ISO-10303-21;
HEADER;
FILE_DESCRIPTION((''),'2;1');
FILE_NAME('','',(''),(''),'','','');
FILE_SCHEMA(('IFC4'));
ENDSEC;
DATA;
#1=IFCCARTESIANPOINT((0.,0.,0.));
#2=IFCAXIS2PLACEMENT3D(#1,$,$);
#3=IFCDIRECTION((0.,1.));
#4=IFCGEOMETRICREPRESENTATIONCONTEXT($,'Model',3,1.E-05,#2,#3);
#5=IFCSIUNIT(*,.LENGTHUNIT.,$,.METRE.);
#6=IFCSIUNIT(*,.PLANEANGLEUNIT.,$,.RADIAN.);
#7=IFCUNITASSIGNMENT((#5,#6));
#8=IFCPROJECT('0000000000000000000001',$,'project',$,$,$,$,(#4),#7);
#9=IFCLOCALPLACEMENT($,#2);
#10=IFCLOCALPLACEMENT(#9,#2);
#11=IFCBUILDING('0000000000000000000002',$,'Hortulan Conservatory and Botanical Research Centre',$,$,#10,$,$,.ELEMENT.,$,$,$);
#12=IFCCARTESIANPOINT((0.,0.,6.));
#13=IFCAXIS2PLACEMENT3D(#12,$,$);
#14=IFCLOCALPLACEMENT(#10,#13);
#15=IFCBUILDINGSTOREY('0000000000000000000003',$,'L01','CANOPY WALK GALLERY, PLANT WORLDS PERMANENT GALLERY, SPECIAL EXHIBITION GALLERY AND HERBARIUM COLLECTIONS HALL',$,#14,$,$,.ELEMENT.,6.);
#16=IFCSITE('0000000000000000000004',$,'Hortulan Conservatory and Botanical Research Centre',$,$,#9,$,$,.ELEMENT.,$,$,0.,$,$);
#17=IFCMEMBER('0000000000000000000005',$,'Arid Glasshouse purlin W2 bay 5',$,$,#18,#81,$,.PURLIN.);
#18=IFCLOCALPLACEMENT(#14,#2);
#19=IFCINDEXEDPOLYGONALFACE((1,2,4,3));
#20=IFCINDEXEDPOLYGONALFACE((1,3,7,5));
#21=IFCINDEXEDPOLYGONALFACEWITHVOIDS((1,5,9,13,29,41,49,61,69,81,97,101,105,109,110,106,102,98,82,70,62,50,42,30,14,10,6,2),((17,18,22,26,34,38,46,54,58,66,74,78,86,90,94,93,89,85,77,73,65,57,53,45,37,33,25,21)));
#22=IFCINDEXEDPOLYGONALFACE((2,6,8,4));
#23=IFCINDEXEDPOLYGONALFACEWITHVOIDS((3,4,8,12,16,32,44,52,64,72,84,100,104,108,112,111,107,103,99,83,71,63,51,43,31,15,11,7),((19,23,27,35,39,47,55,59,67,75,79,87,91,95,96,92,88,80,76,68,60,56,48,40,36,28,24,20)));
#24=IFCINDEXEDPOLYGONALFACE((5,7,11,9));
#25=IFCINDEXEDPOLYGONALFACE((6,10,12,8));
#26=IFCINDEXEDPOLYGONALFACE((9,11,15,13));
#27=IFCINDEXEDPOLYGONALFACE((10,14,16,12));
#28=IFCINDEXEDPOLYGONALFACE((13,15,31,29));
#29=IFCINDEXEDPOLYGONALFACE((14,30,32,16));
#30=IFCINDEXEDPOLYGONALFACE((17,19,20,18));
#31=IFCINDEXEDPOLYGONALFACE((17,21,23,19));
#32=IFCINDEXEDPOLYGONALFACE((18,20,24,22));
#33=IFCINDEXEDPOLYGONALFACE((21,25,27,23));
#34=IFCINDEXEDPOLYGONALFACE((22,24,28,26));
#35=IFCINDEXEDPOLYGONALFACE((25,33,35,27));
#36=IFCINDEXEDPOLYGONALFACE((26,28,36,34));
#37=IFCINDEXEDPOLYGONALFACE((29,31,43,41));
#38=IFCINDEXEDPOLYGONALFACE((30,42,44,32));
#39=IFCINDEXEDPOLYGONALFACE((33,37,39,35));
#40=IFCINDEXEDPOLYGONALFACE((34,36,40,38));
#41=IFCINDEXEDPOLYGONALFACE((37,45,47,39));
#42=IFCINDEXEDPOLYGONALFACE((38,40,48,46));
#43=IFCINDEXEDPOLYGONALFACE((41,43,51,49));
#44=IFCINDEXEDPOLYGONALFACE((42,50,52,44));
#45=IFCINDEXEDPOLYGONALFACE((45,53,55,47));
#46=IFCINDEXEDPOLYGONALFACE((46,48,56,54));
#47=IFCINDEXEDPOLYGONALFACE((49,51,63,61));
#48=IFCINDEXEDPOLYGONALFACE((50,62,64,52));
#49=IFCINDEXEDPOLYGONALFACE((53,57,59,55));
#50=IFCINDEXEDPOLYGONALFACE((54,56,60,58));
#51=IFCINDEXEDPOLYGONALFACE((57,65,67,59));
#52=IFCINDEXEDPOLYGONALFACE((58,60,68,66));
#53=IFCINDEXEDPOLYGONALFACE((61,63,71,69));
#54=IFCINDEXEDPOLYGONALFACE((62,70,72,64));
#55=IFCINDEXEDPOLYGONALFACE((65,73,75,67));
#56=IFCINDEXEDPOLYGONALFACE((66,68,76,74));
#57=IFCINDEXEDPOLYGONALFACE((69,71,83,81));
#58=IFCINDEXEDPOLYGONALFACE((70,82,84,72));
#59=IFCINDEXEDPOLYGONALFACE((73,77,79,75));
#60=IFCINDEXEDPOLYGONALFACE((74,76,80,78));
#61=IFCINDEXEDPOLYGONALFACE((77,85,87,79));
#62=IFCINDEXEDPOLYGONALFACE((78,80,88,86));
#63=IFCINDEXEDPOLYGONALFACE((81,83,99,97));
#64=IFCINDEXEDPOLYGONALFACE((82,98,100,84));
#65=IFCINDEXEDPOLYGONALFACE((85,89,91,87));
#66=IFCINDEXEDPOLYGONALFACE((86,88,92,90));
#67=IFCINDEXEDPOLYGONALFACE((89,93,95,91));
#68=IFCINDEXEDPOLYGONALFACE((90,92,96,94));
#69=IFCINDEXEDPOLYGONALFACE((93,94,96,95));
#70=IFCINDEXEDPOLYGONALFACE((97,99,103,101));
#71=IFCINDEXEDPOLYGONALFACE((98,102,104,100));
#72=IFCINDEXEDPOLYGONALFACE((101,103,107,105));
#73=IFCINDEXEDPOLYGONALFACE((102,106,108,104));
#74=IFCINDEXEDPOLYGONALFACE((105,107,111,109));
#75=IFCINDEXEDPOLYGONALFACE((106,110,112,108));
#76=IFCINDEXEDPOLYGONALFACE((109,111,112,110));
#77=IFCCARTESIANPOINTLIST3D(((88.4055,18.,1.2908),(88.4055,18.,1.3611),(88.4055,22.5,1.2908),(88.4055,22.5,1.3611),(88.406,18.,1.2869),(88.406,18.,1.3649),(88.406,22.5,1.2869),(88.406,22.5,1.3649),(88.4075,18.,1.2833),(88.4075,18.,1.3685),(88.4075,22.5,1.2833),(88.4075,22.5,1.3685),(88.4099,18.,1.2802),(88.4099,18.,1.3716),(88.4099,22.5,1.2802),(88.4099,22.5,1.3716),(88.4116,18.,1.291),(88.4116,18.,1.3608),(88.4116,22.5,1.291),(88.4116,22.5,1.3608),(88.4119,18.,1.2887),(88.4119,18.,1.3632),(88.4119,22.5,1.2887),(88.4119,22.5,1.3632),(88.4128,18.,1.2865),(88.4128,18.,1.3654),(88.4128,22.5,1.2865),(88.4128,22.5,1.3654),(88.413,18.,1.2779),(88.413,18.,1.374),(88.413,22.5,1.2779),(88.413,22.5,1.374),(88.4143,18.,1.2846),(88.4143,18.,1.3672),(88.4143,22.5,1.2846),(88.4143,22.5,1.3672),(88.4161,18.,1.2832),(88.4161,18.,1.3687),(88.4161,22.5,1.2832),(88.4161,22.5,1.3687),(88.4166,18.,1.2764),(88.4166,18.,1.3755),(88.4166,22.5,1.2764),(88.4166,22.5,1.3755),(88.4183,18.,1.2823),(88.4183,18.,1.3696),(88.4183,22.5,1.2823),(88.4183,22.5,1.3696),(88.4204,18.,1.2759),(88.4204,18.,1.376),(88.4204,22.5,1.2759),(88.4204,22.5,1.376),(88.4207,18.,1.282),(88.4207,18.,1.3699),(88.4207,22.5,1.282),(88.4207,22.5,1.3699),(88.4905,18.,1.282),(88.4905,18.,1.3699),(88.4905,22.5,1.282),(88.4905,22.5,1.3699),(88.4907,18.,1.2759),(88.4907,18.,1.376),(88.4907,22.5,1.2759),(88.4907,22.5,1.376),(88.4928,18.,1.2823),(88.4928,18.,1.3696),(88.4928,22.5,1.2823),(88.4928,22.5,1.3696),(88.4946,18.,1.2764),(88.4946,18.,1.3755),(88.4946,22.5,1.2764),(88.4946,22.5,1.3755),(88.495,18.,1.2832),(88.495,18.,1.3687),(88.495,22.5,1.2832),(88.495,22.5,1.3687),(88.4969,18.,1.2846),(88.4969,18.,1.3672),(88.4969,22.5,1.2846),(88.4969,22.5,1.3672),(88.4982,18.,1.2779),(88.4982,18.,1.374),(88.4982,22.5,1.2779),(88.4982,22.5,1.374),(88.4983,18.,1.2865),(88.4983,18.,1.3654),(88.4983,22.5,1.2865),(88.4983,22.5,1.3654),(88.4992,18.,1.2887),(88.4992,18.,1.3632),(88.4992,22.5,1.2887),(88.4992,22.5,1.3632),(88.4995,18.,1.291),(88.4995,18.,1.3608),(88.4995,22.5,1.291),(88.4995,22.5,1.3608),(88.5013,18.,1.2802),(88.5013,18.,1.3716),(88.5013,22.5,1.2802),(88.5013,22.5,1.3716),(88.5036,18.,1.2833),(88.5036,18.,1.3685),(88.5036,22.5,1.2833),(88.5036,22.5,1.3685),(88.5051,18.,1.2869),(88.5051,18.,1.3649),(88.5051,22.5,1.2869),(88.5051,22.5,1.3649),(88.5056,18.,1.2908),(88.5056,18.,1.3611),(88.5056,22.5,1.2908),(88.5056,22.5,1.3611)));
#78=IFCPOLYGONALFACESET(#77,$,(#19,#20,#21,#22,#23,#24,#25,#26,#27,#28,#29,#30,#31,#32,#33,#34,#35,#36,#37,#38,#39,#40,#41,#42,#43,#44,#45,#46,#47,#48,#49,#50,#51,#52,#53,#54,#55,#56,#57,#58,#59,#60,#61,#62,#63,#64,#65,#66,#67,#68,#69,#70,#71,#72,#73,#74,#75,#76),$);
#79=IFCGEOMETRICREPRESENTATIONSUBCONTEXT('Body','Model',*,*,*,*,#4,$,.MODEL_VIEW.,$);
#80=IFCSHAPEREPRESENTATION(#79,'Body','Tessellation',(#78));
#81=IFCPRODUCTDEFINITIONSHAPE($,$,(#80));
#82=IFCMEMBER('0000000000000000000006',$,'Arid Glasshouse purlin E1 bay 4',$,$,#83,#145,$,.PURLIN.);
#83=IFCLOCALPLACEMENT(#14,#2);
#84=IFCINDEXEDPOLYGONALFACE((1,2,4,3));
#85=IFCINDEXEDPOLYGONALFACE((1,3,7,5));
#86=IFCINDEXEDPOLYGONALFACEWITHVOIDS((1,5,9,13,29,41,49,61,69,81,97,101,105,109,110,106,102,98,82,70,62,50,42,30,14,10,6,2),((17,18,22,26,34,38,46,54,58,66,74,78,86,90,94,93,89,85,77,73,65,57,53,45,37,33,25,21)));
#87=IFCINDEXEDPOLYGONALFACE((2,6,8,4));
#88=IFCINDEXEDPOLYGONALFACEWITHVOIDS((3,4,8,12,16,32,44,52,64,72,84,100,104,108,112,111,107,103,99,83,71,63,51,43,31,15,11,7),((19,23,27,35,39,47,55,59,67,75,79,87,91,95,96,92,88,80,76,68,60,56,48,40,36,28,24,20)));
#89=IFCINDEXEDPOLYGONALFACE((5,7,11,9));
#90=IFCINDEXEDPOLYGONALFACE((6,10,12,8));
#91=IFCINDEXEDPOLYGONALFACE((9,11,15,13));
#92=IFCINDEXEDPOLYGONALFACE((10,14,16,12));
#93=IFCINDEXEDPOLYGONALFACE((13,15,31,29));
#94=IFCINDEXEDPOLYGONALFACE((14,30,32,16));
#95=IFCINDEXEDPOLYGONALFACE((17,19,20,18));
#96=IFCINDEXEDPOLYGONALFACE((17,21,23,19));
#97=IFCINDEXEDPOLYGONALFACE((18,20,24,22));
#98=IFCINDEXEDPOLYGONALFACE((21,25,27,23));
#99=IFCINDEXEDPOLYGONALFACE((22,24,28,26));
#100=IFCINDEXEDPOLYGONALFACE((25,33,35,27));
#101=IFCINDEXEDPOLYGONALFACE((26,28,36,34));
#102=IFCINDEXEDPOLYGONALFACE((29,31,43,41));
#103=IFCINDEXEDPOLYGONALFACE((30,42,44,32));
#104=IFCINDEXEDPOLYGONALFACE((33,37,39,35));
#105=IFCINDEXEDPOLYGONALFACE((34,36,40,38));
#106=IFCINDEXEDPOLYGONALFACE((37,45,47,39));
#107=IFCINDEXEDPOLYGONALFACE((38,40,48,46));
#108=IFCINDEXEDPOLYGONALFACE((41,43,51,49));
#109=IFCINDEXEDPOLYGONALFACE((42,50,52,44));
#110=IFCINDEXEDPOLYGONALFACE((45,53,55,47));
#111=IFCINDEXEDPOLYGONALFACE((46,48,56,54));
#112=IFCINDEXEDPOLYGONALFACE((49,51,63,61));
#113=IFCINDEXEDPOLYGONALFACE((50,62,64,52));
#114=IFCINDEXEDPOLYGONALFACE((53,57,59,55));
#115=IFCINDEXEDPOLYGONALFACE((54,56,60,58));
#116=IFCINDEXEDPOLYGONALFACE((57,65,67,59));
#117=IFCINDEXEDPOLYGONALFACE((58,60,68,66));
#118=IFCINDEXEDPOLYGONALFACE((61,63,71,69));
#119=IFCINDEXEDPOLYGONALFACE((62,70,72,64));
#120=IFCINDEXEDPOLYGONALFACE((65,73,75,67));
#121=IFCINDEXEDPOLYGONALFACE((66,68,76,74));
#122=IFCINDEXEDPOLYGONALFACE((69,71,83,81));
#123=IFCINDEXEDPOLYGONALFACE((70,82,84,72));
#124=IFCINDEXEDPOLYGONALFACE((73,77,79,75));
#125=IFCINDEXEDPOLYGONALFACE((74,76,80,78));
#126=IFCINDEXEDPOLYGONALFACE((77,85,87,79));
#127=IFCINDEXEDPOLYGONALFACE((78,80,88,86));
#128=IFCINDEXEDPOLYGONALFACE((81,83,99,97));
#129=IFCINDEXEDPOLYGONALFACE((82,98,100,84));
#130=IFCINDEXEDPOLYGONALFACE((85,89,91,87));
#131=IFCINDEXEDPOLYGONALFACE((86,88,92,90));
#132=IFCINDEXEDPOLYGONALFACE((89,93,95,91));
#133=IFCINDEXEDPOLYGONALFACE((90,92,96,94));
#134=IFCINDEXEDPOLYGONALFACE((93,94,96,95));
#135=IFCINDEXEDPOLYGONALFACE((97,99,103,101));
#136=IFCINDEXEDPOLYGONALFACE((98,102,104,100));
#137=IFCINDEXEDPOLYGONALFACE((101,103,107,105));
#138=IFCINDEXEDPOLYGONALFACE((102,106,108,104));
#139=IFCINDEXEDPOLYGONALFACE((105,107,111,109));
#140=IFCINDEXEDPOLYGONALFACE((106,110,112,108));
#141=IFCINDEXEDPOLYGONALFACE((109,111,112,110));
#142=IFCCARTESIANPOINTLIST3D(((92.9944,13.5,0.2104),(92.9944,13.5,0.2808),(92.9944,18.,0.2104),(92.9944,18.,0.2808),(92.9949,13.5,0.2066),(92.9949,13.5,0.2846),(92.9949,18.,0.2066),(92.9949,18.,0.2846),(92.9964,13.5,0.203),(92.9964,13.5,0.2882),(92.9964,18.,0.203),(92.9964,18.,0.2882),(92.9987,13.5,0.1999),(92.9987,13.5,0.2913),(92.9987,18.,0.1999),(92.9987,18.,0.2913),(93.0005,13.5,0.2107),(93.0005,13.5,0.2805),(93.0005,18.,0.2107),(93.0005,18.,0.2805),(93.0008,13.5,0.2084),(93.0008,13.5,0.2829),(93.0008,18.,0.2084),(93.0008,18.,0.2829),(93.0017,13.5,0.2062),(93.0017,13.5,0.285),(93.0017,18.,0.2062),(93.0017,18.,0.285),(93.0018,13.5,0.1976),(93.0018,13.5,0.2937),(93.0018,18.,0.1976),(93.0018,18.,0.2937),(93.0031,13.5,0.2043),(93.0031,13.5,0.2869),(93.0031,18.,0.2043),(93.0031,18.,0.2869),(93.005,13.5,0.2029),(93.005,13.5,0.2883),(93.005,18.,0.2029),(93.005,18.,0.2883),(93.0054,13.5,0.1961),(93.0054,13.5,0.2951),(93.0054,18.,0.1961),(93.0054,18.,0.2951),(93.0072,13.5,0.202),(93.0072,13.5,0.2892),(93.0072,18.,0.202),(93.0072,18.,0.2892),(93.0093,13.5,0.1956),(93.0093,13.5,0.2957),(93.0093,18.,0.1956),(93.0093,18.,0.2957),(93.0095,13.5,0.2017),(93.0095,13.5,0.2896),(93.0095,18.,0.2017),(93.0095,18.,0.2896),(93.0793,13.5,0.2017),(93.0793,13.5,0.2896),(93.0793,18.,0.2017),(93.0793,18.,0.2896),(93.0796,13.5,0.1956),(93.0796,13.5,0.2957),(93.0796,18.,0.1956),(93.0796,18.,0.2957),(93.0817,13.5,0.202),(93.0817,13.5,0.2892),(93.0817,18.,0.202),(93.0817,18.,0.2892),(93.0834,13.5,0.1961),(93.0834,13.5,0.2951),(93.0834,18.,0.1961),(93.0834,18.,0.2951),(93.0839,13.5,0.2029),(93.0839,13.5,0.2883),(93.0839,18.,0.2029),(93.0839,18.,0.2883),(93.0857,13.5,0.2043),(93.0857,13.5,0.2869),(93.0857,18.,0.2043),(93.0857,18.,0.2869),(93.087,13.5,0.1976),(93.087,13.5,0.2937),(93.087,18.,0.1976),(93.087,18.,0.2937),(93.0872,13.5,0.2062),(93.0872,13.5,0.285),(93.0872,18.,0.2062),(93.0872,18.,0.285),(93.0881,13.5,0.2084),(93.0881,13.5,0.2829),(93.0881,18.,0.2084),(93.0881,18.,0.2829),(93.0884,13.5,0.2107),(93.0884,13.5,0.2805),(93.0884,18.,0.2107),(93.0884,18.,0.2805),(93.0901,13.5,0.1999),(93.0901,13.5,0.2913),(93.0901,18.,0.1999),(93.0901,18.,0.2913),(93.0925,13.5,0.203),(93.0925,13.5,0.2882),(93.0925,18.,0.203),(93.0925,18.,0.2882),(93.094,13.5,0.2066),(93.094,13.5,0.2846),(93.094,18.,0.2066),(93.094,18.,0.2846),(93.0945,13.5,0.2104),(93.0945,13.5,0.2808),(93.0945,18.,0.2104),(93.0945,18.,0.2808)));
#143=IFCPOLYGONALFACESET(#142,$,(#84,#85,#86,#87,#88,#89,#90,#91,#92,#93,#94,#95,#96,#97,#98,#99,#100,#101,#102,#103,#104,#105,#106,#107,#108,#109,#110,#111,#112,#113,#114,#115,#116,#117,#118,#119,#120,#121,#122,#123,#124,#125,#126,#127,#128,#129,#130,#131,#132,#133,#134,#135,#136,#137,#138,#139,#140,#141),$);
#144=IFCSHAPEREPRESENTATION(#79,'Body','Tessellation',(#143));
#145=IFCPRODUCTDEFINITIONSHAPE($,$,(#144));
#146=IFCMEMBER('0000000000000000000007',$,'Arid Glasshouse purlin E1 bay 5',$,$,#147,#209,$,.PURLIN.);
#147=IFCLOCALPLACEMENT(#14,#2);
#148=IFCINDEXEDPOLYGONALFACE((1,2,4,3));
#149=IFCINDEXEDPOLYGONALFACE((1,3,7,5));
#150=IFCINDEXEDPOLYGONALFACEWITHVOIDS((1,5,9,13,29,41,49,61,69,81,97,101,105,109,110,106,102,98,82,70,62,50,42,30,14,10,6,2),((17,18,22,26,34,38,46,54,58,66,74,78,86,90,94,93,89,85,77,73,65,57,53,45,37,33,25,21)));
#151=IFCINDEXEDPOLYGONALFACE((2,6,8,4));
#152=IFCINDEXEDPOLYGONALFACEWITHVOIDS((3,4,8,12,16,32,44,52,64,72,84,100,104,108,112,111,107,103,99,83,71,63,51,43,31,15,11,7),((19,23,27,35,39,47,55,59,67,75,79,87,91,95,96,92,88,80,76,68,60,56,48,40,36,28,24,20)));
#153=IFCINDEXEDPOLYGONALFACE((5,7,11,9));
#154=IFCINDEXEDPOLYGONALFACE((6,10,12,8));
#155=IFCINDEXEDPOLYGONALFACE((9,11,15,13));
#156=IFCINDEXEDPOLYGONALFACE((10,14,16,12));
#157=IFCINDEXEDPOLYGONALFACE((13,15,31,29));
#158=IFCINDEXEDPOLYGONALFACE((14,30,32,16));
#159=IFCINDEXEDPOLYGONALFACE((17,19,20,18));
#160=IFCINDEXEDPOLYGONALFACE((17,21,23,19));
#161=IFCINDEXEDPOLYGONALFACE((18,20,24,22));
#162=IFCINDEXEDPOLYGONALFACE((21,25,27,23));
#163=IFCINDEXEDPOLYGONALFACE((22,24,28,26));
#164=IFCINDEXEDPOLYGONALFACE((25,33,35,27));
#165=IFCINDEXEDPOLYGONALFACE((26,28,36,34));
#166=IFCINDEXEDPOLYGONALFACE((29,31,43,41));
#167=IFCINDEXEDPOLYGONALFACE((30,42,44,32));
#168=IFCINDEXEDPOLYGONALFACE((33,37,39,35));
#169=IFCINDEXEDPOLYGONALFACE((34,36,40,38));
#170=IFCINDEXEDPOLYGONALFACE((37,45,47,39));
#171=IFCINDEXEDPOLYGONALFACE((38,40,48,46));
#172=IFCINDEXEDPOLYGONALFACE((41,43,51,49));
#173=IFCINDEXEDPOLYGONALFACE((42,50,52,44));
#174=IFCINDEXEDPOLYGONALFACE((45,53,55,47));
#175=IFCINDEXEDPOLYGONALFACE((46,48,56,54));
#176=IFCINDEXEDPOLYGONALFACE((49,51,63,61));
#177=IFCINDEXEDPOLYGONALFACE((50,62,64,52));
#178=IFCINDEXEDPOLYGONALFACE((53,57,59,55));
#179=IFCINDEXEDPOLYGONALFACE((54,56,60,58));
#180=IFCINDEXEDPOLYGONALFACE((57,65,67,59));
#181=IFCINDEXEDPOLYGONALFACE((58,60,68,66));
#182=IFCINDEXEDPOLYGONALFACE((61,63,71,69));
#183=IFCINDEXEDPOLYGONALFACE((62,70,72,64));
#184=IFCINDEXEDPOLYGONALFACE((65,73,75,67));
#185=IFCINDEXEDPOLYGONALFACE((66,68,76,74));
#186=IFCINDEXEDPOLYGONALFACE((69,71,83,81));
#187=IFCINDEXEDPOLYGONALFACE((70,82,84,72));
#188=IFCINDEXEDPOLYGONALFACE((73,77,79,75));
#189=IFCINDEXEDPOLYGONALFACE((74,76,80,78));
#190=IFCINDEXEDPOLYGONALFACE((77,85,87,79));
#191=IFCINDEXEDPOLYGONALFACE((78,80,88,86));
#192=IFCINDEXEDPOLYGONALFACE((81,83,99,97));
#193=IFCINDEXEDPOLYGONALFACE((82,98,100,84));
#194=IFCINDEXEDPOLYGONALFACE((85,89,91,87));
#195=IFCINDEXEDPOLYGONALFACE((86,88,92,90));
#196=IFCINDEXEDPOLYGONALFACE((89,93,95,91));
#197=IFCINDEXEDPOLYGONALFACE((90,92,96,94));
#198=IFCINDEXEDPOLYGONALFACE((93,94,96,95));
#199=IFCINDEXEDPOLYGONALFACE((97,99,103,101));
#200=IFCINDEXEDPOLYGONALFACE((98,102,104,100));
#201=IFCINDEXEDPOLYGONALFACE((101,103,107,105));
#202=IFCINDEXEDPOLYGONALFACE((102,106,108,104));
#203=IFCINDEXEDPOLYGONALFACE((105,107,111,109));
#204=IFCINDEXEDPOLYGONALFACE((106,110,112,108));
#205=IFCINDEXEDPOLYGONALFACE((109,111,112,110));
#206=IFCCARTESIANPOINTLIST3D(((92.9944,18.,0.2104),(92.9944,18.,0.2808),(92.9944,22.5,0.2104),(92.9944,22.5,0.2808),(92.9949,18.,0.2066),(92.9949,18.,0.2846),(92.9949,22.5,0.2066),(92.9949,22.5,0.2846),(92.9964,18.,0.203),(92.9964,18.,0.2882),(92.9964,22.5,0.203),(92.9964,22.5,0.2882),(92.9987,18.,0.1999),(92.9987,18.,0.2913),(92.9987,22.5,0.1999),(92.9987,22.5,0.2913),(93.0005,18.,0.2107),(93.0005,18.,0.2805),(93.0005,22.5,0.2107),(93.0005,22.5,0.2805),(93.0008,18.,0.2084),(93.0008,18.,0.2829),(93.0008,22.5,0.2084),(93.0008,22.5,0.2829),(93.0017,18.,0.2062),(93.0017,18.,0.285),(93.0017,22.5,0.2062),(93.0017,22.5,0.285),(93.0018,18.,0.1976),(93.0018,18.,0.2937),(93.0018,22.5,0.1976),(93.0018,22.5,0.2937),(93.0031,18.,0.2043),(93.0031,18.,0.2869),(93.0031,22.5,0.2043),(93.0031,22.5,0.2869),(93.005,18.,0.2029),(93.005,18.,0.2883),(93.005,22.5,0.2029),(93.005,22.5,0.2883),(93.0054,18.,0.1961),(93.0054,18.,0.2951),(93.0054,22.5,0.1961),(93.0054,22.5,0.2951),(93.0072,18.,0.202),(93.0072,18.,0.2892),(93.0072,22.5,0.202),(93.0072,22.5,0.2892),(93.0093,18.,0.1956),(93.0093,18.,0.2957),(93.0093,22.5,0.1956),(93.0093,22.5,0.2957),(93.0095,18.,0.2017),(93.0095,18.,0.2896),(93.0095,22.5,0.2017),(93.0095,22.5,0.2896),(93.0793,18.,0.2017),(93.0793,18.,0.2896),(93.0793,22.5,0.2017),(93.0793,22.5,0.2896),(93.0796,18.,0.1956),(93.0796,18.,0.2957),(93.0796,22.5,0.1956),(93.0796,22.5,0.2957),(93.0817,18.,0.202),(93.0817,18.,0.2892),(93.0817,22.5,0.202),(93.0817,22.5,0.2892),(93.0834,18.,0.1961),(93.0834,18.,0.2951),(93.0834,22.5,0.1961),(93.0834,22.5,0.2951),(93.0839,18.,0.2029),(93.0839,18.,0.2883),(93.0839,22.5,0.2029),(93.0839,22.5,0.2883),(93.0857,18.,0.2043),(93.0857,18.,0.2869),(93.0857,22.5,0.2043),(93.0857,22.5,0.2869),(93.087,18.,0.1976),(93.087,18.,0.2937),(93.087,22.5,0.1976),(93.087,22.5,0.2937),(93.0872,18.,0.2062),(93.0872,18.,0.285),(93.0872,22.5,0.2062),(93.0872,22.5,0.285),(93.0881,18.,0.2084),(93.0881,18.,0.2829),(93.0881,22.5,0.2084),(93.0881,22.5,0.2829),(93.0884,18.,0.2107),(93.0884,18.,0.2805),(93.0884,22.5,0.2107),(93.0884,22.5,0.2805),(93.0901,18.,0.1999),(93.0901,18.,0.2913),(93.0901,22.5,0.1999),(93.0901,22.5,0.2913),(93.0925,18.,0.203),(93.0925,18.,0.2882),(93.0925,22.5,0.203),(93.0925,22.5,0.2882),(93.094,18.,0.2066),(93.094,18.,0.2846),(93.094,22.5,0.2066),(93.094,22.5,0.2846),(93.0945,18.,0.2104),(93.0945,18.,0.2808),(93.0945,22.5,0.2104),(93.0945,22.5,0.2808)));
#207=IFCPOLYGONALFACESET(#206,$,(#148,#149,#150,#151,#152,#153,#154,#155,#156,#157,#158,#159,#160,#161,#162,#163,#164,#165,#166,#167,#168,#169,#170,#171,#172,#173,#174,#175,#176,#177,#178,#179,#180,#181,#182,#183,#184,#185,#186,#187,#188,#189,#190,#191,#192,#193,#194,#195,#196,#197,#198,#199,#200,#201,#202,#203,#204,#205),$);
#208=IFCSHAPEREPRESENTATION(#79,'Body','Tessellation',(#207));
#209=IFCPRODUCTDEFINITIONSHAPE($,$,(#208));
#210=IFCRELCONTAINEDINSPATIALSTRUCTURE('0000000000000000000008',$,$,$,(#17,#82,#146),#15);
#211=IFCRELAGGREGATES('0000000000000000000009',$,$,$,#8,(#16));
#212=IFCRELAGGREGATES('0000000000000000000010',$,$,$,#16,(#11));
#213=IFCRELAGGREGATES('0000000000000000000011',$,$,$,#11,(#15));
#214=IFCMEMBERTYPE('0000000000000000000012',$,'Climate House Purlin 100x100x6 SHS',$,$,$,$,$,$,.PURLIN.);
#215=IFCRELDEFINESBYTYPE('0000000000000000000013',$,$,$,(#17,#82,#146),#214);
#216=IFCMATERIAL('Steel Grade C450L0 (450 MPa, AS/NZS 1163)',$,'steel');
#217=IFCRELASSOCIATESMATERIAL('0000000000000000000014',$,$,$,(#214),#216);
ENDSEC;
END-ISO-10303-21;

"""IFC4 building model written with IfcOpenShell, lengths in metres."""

from ifc_helpers import new_model, si_unit, direction, frame, origin, origin_2d, place, context, subcontext, project, spatial, hollow_rectangle, extrude, material, material_profile, profile_set, type_object, element, save


model = new_model("IFC4")

# Units and contexts
model_context = context("Model", 3, precision=1e-05, world=origin(), true_north=direction((0.0, 1.0)))
body_context = subcontext(model_context, "Body", "Model", "MODEL_VIEW")
ifc_project = project(units=[si_unit("LENGTHUNIT", "METRE"), si_unit("PLANEANGLEUNIT", "RADIAN")], contexts=[model_context])

# Site, building, storey
site_placement = place(None, origin())
site = spatial("IfcSite", under=ifc_project, at=site_placement, Name="Hortulan Conservatory and Botanical Research Centre", CompositionType="ELEMENT", RefElevation=0.0)
building_placement = place(site_placement, origin())
building = spatial("IfcBuilding", under=site, at=building_placement, Name="Hortulan Conservatory and Botanical Research Centre", CompositionType="ELEMENT")
storey_placement = place(building_placement, frame((0.0, 0.0, 6.0)))
storey = spatial("IfcBuildingStorey", under=building, at=storey_placement, Name="L01", Description="CANOPY WALK GALLERY, PLANT WORLDS PERMANENT GALLERY, SPECIAL EXHIBITION GALLERY AND HERBARIUM COLLECTIONS HALL", CompositionType="ELEMENT", Elevation=6.0)

# Members
ifc_material_1 = material(Name="Steel Grade C450L0 (450 MPa, AS/NZS 1163)", Category="steel")
ifc_material_profile_1 = material_profile(ifc_material_1, hollow_rectangle(XDim=0.1001, YDim=0.1001, WallThickness=0.0061, InnerFilletRadius=0.009, OuterFilletRadius=0.0149, at=origin_2d()), Name="100x100x6SHS")
ifc_profile_set_1 = profile_set([ifc_material_profile_1], Name="Steel Grade C450L0 (450 MPa, AS/NZS 1163)")
member_type_1 = type_object("IfcMemberType", Name="Climate House Purlin 100x100x6 SHS", PredefinedType="PURLIN", material=ifc_profile_set_1)
for number, where, z_axis, x_axis, name in (
    (1, (88.4556, 18.0, 1.3259), (0.0, 1.0, 0.0), (-1.0, 0.0, 0.0), "Arid Glasshouse purlin W2 bay 5"),
    (2, (93.0444, 13.5, 0.2456), (0.0, 1.0, 0.0), (-1.0, 0.0, 0.0), "Arid Glasshouse purlin E1 bay 4"),
    (3, (93.0444, 18.0, 0.2456), (0.0, 1.0, 0.0), (-1.0, 0.0, 0.0), "Arid Glasshouse purlin E1 bay 5"),
):
    element("IfcMember", number, at=place(storey_placement, frame(where, z_axis=z_axis, x_axis=x_axis)), inside=storey, type_object=member_type_1, Name=name, PredefinedType="PURLIN", context=body_context, shape_type="SweptSolid", body=[
        extrude(hollow_rectangle(XDim=0.1001, YDim=0.1001, WallThickness=0.0061, InnerFilletRadius=0.009, OuterFilletRadius=0.0149, at=origin_2d()), origin(), (0.0, 0.0, 1.0), 4.5),
    ])

save(model, "model.ifc")
